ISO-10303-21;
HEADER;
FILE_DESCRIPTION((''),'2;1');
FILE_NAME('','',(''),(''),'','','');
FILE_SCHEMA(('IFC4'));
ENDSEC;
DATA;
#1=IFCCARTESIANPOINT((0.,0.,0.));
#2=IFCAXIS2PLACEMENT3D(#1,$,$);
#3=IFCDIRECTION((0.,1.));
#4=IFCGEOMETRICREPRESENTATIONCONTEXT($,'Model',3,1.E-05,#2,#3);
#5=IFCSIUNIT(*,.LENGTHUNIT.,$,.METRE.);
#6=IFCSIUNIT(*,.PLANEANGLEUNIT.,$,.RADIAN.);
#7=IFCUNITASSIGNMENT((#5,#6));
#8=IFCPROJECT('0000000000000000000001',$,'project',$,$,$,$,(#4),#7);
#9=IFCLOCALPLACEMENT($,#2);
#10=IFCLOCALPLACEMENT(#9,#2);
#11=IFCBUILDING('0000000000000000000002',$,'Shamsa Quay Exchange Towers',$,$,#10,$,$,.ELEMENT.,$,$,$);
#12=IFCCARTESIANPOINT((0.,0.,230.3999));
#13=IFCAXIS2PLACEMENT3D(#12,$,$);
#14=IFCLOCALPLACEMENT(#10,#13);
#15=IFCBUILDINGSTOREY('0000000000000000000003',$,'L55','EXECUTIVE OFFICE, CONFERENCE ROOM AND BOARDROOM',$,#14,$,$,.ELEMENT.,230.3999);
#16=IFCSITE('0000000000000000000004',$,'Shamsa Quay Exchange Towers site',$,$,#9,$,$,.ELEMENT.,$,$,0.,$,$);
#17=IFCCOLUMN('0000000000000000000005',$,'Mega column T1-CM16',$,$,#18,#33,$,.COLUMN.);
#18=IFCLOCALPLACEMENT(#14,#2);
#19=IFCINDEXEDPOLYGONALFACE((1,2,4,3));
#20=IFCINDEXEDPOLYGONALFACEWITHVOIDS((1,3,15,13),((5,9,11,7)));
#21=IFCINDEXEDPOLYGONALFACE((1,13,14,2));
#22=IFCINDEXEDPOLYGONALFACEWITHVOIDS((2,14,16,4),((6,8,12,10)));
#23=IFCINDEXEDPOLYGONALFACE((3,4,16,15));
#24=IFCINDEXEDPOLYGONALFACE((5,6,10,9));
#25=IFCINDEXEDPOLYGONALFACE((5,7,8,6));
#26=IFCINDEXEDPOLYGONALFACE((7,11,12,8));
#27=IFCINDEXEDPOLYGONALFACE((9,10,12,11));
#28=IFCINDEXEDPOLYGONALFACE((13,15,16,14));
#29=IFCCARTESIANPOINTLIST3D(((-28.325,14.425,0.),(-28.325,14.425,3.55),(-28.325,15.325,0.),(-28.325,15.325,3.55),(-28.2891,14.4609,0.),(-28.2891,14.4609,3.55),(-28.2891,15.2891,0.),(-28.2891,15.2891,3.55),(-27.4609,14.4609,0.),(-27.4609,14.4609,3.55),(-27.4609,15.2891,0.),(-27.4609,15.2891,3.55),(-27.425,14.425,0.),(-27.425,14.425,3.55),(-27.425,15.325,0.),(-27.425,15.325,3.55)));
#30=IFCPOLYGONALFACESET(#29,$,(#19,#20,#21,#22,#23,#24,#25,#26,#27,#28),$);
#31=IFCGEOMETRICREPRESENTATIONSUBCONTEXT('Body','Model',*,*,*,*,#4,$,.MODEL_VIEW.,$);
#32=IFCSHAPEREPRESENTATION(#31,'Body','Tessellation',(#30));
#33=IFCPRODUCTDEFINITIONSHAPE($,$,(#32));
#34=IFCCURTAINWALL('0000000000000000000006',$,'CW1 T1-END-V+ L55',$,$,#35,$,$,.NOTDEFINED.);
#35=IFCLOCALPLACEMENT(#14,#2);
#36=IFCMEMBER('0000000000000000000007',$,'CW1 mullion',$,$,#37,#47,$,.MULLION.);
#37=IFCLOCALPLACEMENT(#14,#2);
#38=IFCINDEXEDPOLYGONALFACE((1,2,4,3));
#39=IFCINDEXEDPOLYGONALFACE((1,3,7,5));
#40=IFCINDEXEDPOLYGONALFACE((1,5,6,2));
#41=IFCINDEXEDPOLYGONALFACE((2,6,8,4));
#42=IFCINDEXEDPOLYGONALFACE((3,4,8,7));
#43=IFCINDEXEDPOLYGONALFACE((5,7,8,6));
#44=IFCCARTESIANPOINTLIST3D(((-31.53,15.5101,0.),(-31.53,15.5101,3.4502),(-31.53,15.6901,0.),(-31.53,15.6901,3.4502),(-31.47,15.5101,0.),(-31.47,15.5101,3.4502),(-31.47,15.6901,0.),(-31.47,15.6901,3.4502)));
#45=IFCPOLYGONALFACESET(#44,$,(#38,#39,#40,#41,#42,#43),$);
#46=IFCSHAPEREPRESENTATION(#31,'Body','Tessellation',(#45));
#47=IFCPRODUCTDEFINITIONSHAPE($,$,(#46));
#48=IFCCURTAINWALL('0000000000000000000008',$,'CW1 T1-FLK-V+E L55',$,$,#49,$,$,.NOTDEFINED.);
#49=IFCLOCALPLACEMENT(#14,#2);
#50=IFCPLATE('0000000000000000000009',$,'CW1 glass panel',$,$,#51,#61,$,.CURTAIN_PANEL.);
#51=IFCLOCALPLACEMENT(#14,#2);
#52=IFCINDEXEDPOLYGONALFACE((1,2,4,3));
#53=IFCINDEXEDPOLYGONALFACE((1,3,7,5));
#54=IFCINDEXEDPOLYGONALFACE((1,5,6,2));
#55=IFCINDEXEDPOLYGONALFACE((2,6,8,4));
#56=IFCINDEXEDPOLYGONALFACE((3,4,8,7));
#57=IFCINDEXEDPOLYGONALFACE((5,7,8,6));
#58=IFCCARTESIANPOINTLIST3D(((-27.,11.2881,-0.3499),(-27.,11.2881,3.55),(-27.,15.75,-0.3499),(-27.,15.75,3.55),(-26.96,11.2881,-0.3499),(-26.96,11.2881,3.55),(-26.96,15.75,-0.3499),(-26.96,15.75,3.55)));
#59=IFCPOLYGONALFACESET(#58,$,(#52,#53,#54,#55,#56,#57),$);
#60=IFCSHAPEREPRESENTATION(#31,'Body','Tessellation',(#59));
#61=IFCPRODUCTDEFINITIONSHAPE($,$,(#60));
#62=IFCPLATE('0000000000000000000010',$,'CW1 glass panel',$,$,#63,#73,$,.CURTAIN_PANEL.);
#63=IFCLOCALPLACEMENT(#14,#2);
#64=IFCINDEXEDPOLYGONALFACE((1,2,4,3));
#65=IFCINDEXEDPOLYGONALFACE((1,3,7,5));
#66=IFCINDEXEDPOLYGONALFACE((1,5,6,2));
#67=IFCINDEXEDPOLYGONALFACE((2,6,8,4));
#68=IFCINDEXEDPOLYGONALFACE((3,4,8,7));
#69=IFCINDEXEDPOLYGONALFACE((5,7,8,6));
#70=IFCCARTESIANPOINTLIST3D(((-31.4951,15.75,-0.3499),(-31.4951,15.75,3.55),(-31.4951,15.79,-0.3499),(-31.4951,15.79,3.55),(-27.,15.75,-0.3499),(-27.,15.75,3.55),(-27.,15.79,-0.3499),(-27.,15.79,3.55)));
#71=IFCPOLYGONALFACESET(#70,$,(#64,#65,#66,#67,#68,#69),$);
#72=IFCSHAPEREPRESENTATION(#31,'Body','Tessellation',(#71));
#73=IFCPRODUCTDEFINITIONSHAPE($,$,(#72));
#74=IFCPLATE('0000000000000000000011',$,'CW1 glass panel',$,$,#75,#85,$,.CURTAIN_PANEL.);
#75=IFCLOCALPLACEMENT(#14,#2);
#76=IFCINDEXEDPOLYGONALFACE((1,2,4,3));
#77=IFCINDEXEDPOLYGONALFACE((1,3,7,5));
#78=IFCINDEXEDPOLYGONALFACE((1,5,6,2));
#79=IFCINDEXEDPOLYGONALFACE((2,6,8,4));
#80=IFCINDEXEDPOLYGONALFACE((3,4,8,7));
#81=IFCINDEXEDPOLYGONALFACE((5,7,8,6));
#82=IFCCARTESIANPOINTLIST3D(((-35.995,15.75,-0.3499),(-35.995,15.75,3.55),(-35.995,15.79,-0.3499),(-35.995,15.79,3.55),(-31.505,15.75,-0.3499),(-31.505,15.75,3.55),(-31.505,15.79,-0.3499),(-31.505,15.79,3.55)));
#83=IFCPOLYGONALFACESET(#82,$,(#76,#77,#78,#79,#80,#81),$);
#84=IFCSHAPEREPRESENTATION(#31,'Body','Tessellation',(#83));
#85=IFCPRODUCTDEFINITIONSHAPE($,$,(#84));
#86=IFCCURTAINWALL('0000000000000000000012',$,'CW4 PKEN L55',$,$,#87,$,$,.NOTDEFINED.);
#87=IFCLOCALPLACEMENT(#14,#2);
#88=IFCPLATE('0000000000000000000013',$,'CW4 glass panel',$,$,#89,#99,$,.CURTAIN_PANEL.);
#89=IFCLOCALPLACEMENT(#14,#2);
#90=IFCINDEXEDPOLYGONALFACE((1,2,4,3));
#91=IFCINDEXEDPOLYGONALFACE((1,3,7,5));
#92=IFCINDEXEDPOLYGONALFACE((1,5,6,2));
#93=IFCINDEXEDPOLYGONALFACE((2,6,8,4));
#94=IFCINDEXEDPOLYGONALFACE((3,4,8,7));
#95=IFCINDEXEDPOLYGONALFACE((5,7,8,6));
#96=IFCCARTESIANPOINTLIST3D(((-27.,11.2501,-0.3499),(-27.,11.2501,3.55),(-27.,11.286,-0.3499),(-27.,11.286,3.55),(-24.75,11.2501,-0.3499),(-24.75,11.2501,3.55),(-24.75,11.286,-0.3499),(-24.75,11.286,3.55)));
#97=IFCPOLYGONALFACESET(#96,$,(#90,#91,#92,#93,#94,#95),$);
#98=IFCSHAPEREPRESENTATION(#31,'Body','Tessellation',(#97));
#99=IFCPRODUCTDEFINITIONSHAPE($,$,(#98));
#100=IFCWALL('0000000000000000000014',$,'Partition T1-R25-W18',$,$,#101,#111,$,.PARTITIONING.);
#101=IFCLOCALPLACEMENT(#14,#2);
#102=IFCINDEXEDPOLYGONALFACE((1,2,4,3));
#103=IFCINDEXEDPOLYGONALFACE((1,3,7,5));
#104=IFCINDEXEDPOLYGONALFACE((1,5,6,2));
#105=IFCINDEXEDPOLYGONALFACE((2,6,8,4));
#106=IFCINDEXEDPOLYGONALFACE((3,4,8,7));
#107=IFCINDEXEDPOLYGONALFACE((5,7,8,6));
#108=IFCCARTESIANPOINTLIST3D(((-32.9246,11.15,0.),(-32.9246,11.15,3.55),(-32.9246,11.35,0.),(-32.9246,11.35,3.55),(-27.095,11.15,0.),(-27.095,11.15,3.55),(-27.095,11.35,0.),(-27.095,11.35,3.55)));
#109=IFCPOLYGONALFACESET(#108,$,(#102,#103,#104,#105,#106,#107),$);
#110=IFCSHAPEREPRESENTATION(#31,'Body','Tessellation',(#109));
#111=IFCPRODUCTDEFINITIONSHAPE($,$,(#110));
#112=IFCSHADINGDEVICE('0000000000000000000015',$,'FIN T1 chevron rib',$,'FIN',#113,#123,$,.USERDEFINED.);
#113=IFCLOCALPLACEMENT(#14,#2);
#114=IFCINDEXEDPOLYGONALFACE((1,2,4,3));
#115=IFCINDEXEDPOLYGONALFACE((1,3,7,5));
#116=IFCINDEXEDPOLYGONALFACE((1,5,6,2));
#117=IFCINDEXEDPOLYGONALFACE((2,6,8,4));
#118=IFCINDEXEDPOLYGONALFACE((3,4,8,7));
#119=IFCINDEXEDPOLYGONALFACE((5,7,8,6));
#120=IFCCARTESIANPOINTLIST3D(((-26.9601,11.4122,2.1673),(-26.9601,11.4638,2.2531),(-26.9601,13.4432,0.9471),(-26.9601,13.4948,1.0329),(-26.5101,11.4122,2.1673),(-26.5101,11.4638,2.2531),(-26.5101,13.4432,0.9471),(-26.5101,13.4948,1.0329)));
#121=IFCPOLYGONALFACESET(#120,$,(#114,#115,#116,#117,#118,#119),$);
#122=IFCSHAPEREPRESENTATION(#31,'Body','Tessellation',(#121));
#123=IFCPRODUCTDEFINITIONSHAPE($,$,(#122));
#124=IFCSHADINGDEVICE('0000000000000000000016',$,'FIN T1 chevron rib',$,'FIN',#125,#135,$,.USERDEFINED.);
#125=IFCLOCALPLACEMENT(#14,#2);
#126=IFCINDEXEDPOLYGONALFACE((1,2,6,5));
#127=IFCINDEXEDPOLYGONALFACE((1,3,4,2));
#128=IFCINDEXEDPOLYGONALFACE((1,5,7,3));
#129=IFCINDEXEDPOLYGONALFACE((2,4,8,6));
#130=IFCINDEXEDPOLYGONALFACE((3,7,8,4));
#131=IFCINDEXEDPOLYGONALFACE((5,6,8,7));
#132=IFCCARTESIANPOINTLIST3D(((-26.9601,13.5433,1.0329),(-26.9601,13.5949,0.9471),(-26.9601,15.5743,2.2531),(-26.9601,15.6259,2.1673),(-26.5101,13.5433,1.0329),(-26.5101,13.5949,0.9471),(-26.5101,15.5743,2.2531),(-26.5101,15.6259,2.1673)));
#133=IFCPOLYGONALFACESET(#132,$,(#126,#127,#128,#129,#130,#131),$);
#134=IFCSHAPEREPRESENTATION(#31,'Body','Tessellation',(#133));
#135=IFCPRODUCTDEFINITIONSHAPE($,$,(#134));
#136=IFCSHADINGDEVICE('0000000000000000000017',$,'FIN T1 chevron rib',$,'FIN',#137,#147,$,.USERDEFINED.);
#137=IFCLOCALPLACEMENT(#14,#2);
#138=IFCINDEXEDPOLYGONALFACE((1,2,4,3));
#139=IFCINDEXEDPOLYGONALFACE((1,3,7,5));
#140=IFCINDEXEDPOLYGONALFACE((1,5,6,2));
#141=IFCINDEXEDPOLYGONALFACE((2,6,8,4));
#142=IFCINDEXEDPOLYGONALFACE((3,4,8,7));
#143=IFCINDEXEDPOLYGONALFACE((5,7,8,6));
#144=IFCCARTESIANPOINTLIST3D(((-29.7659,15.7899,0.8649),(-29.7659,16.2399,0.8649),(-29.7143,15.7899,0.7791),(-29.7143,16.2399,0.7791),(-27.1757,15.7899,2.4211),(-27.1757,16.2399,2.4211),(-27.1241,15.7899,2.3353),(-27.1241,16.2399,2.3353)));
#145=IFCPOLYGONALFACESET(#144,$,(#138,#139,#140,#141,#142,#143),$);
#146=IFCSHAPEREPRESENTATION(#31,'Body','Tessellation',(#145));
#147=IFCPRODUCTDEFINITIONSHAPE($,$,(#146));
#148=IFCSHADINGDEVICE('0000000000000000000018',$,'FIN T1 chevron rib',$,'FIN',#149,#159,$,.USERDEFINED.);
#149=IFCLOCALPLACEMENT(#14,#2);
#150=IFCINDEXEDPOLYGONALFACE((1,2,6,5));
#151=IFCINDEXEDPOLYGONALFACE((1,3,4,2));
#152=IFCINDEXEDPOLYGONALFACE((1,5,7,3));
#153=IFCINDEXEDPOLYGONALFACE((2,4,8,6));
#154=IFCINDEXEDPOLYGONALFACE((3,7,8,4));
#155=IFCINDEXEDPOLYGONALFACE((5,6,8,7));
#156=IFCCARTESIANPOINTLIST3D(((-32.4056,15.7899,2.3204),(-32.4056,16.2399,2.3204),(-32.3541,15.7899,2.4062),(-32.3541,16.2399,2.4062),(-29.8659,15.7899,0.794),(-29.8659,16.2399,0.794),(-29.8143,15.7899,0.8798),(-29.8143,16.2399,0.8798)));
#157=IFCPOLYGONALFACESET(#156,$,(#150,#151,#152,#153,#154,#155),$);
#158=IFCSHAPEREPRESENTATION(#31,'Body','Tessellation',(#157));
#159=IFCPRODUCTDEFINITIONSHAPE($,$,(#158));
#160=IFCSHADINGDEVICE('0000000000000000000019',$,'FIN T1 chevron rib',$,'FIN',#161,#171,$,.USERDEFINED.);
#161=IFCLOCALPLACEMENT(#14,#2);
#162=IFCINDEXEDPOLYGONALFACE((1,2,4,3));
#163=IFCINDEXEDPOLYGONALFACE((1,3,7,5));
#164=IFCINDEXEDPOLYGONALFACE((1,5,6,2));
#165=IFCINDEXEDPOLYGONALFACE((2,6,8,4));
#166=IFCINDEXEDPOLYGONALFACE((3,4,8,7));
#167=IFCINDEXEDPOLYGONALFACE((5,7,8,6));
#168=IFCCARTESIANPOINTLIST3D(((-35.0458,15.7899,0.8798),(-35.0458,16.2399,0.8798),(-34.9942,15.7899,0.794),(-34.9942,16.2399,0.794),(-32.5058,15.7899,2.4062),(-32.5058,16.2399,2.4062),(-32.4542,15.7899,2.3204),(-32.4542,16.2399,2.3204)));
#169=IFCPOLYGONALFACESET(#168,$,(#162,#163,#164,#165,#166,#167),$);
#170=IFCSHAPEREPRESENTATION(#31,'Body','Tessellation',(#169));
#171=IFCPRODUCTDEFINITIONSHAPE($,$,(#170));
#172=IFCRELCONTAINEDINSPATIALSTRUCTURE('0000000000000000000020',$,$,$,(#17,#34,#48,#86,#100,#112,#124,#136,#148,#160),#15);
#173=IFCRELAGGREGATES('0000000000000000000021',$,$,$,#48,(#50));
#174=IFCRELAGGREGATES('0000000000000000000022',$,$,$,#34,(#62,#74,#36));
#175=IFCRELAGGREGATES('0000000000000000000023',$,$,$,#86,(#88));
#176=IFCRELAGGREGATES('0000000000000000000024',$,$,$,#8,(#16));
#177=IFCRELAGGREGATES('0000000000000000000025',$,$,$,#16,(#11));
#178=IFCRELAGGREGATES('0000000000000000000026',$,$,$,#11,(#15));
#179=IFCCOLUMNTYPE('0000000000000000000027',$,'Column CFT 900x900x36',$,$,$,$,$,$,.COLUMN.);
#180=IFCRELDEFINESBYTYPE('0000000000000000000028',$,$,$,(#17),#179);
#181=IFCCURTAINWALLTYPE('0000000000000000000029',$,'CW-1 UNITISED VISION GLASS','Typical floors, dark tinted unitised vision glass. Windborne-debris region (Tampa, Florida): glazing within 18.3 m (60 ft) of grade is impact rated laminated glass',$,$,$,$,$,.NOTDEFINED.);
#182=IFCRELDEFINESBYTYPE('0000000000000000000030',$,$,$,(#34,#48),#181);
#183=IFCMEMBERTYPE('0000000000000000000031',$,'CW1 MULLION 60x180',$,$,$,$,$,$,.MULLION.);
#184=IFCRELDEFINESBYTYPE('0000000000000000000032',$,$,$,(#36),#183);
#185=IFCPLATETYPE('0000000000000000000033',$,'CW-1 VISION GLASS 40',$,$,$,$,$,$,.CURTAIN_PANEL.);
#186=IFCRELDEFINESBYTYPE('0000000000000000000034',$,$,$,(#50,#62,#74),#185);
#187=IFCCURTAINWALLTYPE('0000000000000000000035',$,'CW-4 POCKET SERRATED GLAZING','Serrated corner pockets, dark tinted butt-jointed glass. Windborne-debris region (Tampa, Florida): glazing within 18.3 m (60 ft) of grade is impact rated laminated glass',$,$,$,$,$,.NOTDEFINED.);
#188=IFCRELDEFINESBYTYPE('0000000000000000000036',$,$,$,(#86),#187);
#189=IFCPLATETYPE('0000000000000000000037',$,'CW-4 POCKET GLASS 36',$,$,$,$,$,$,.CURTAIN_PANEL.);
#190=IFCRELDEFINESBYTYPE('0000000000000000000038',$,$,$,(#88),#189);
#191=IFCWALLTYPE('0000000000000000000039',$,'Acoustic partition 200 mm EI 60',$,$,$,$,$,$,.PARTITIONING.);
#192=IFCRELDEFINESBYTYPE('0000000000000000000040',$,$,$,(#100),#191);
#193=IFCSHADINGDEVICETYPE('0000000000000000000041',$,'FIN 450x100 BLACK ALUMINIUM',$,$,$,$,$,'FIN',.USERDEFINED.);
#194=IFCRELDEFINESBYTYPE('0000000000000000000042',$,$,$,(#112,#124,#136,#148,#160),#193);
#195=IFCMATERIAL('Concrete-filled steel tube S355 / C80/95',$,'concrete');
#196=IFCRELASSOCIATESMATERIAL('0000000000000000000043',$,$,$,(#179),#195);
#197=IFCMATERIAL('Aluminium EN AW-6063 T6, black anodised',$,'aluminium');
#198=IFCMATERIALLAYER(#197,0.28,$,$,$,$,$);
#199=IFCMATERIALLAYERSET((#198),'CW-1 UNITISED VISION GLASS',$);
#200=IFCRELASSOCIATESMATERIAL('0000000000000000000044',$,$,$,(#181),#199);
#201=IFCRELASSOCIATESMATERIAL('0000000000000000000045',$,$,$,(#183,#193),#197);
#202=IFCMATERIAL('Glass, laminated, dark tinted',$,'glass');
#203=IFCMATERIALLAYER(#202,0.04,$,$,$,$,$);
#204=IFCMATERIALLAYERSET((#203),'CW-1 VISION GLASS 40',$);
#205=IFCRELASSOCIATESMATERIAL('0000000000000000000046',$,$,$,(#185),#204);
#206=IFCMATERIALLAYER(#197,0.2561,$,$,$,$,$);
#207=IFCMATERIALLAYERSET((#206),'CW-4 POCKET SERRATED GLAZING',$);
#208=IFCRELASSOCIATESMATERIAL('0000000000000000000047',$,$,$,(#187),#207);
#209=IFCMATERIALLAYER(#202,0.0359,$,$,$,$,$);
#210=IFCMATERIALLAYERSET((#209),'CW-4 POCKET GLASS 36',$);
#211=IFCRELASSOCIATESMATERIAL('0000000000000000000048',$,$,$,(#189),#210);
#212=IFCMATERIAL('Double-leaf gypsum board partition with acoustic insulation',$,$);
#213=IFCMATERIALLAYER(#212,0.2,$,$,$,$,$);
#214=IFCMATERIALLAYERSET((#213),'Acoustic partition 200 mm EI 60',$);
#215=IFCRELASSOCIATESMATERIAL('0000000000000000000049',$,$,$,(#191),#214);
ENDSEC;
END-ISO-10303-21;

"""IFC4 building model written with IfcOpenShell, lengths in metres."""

from ifc_helpers import new_model, si_unit, direction, frame, frame_2d, origin, origin_2d, place, context, subcontext, project, spatial, rectangle, hollow_rectangle, extrude, material, layer, layer_set, material_profile, profile_set, type_object, element, aggregate, save


model = new_model("IFC4")

# Units and contexts
model_context = context("Model", 3, precision=1e-05, world=origin(), true_north=direction((0.0, 1.0)))
body_context = subcontext(model_context, "Body", "Model", "MODEL_VIEW")
ifc_project = project(units=[si_unit("LENGTHUNIT", "METRE"), si_unit("PLANEANGLEUNIT", "RADIAN")], contexts=[model_context])

# Site, building, storey
site_placement = place(None, origin())
site = spatial("IfcSite", under=ifc_project, at=site_placement, Name="Shamsa Quay Exchange Towers site", CompositionType="ELEMENT", RefElevation=0.0)
building_placement = place(site_placement, origin())
building = spatial("IfcBuilding", under=site, at=building_placement, Name="Shamsa Quay Exchange Towers", CompositionType="ELEMENT")
storey_placement = place(building_placement, frame((0.0, 0.0, 230.3999)))
storey = spatial("IfcBuildingStorey", under=building, at=storey_placement, Name="L55", Description="EXECUTIVE OFFICE, CONFERENCE ROOM AND BOARDROOM", CompositionType="ELEMENT", Elevation=230.3999)

# Column
ifc_material_1 = material(Name="Concrete-filled steel tube S355 / C80/95", Category="concrete")
ifc_material_profile_1 = material_profile(ifc_material_1, hollow_rectangle(XDim=0.8999, YDim=0.8999, WallThickness=0.0359, at=origin_2d()), Name="CFT 900x900x36")
ifc_profile_set_1 = profile_set([ifc_material_profile_1], Name="Concrete-filled steel tube S355 / C80/95")
column_type = type_object("IfcColumnType", Name="Column CFT 900x900x36", PredefinedType="COLUMN", material=ifc_profile_set_1)
column_placement = place(storey_placement, frame((-27.875, 14.875, 0.0)))
element("IfcColumn", 1, at=column_placement, inside=storey, type_object=column_type, Name="Mega column T1-CM16", PredefinedType="COLUMN", context=body_context, shape_type="SweptSolid", body=[
    extrude(hollow_rectangle(XDim=0.8999, YDim=0.8999, WallThickness=0.0359, at=origin_2d()), origin(), (0.0, 0.0, 1.0), 3.55),
])

# Curtain wall, member
ifc_material_2 = material(Name="Aluminium EN AW-6063 T6, black anodised", Category="aluminium")
ifc_layer_1 = layer(ifc_material_2, 0.28)
ifc_layer_set_1 = layer_set([ifc_layer_1], Name="CW-1 UNITISED VISION GLASS")
curtain_wall_type_1 = type_object("IfcCurtainWallType", Name="CW-1 UNITISED VISION GLASS", Description="Typical floors, dark tinted unitised vision glass. Windborne-debris region (Tampa, Florida): glazing within 18.3 m (60 ft) of grade is impact rated laminated glass", PredefinedType="NOTDEFINED", material=ifc_layer_set_1)
curtain_wall_1_placement = place(storey_placement, origin())
curtain_wall_1 = element("IfcCurtainWall", 2, at=curtain_wall_1_placement, inside=storey, type_object=curtain_wall_type_1, Name="CW1 T1-END-V+ L55", PredefinedType="NOTDEFINED")
ifc_material_profile_2 = material_profile(ifc_material_2, rectangle(XDim=0.1799, YDim=0.0601, at=origin_2d()), Name="MU60x180")
ifc_profile_set_2 = profile_set([ifc_material_profile_2], Name="Aluminium EN AW-6063 T6, black anodised")
member_type = type_object("IfcMemberType", Name="CW1 MULLION 60x180", PredefinedType="MULLION", material=ifc_profile_set_2)
member_placement = place(storey_placement, frame((-31.5, 15.6001, 0.0), z_axis=(0.0, 0.0, 1.0), x_axis=(0.0, -1.0, 0.0)))
member = element("IfcMember", 3, at=member_placement, type_object=member_type, Name="CW1 mullion", PredefinedType="MULLION", context=body_context, shape_type="SweptSolid", body=[
    extrude(rectangle(XDim=0.1799, YDim=0.0601, at=origin_2d()), origin(), (0.0, 0.0, 1.0), 3.4502),
])

# Curtain wall, plate
curtain_wall_2_placement = place(storey_placement, origin())
curtain_wall_2 = element("IfcCurtainWall", 4, at=curtain_wall_2_placement, inside=storey, type_object=curtain_wall_type_1, Name="CW1 T1-FLK-V+E L55", PredefinedType="NOTDEFINED")
ifc_material_3 = material(Name="Glass, laminated, dark tinted", Category="glass")
ifc_layer_2 = layer(ifc_material_3, 0.04)
ifc_layer_set_2 = layer_set([ifc_layer_2], Name="CW-1 VISION GLASS 40")
plate_type_1 = type_object("IfcPlateType", Name="CW-1 VISION GLASS 40", PredefinedType="CURTAIN_PANEL", material=ifc_layer_set_2)
plate_1_placement = place(storey_placement, frame((-26.98, 13.519, -0.3499), z_axis=(0.0, 0.0, 1.0), x_axis=(0.0, 1.0, 0.0)))
plate_1 = element("IfcPlate", 5, at=plate_1_placement, type_object=plate_type_1, Name="CW1 glass panel", PredefinedType="CURTAIN_PANEL", context=body_context, shape_type="SweptSolid", body=[
    extrude(rectangle(XDim=4.4619, YDim=0.04, at=origin_2d()), origin(), (0.0, 0.0, 1.0), 3.8999),
])
aggregate(curtain_wall_2, [plate_1])

# Plates
plate_2_placement = place(storey_placement, frame((-29.2476, 15.77, -0.3499), z_axis=(0.0, 0.0, 1.0), x_axis=(-1.0, 0.0, 0.0)))
plate_2 = element("IfcPlate", 6, at=plate_2_placement, type_object=plate_type_1, Name="CW1 glass panel", PredefinedType="CURTAIN_PANEL", context=body_context, shape_type="SweptSolid", body=[
    extrude(rectangle(XDim=4.4951, YDim=0.04, at=origin_2d()), origin(), (0.0, 0.0, 1.0), 3.8999),
])
plate_3_placement = place(storey_placement, frame((-33.75, 15.77, -0.3499), z_axis=(0.0, 0.0, 1.0), x_axis=(-1.0, 0.0, 0.0)))
plate_3 = element("IfcPlate", 7, at=plate_3_placement, type_object=plate_type_1, Name="CW1 glass panel", PredefinedType="CURTAIN_PANEL", context=body_context, shape_type="SweptSolid", body=[
    extrude(rectangle(XDim=4.49, YDim=0.04, at=origin_2d()), origin(), (0.0, 0.0, 1.0), 3.8999),
])
aggregate(curtain_wall_1, [plate_2, plate_3, member])

# Curtain wall, plate
ifc_layer_3 = layer(ifc_material_2, 0.2561)
ifc_layer_set_3 = layer_set([ifc_layer_3], Name="CW-4 POCKET SERRATED GLAZING")
curtain_wall_type_2 = type_object("IfcCurtainWallType", Name="CW-4 POCKET SERRATED GLAZING", Description="Serrated corner pockets, dark tinted butt-jointed glass. Windborne-debris region (Tampa, Florida): glazing within 18.3 m (60 ft) of grade is impact rated laminated glass", PredefinedType="NOTDEFINED", material=ifc_layer_set_3)
curtain_wall_3_placement = place(storey_placement, origin())
curtain_wall_3 = element("IfcCurtainWall", 8, at=curtain_wall_3_placement, inside=storey, type_object=curtain_wall_type_2, Name="CW4 PKEN L55", PredefinedType="NOTDEFINED")
ifc_layer_4 = layer(ifc_material_3, 0.0359)
ifc_layer_set_4 = layer_set([ifc_layer_4], Name="CW-4 POCKET GLASS 36")
plate_type_2 = type_object("IfcPlateType", Name="CW-4 POCKET GLASS 36", PredefinedType="CURTAIN_PANEL", material=ifc_layer_set_4)
plate_4_placement = place(storey_placement, frame((-25.875, 11.2681, -0.3499), z_axis=(0.0, 0.0, 1.0), x_axis=(-1.0, 0.0, 0.0)))
plate_4 = element("IfcPlate", 9, at=plate_4_placement, type_object=plate_type_2, Name="CW4 glass panel", PredefinedType="CURTAIN_PANEL", context=body_context, shape_type="SweptSolid", body=[
    extrude(rectangle(XDim=2.25, YDim=0.0359, at=origin_2d()), origin(), (0.0, 0.0, 1.0), 3.8999),
])
aggregate(curtain_wall_3, [plate_4])

# Wall
ifc_material_4 = material(Name="Double-leaf gypsum board partition with acoustic insulation")
ifc_layer_5 = layer(ifc_material_4, 0.2)
ifc_layer_set_5 = layer_set([ifc_layer_5], Name="Acoustic partition 200 mm EI 60")
wall_type = type_object("IfcWallType", Name="Acoustic partition 200 mm EI 60", PredefinedType="PARTITIONING", material=ifc_layer_set_5)
wall_placement = place(storey_placement, frame((-27.095, 11.25, 0.0), z_axis=(0.0, 0.0, 1.0), x_axis=(-1.0, 0.0, 0.0)))
element("IfcWall", 10, at=wall_placement, inside=storey, type_object=wall_type, Name="Partition T1-R25-W18", PredefinedType="PARTITIONING", context=body_context, shape_type="SweptSolid", body=[
    extrude(rectangle(XDim=5.8296, YDim=0.2, at=frame_2d((2.9148, 0.0))), origin(), (0.0, 0.0, 1.0), 3.55),
])

# Shading devices
ifc_material_profile_3 = material_profile(ifc_material_2, rectangle(XDim=0.45, YDim=0.1001, at=origin_2d()), Name="FIN450x100")
ifc_profile_set_3 = profile_set([ifc_material_profile_3], Name="Aluminium EN AW-6063 T6, black anodised")
shading_device_type = type_object("IfcShadingDeviceType", Name="FIN 450x100 BLACK ALUMINIUM", ElementType="FIN", PredefinedType="USERDEFINED", material=ifc_profile_set_3)
for number, where, z_axis, x_axis, name in (
    (11, (-26.7351, 11.438, 2.2102), (0.0, 0.857193, -0.514996), (-1.0, 0.0, 0.0), "FIN T1 chevron rib"),
    (12, (-26.7351, 13.5691, 0.99), (0.0, 0.857193, 0.514996), (-1.0, 0.0, 0.0), "FIN T1 chevron rib"),
):
    element("IfcShadingDevice", number, at=place(storey_placement, frame(where, z_axis=z_axis, x_axis=x_axis)), inside=storey, type_object=shading_device_type, Name=name, ObjectType="FIN", PredefinedType="USERDEFINED", context=body_context, shape_type="SweptSolid", body=[
        extrude(rectangle(XDim=0.45, YDim=0.1001, at=origin_2d()), origin(), (0.0, 0.0, 1.0), 2.3694),
    ])
shading_device_1_placement = place(storey_placement, frame((-27.1499, 16.0149, 2.3782), z_axis=(-0.857186, 0.0, -0.515007), x_axis=(0.0, -1.0, 0.0)))
element("IfcShadingDevice", 13, at=shading_device_1_placement, inside=storey, type_object=shading_device_type, Name="FIN T1 chevron rib", ObjectType="FIN", PredefinedType="USERDEFINED", context=body_context, shape_type="SweptSolid", body=[
    extrude(rectangle(XDim=0.45, YDim=0.1001, at=origin_2d()), origin(), (0.0, 0.0, 1.0), 3.0217),
])
shading_device_2_placement = place(storey_placement, frame((-29.8401, 16.0149, 0.8369), z_axis=(-0.857122, 0.0, 0.515114), x_axis=(0.0, -1.0, 0.0)))
element("IfcShadingDevice", 14, at=shading_device_2_placement, inside=storey, type_object=shading_device_type, Name="FIN T1 chevron rib", ObjectType="FIN", PredefinedType="USERDEFINED", context=body_context, shape_type="SweptSolid", body=[
    extrude(rectangle(XDim=0.45, YDim=0.1001, at=origin_2d()), origin(), (0.0, 0.0, 1.0), 2.9631),
])
shading_device_3_placement = place(storey_placement, frame((-32.48, 16.0149, 2.3633), z_axis=(-0.857144, 0.0, -0.515077), x_axis=(0.0, -1.0, 0.0)))
element("IfcShadingDevice", 15, at=shading_device_3_placement, inside=storey, type_object=shading_device_type, Name="FIN T1 chevron rib", ObjectType="FIN", PredefinedType="USERDEFINED", context=body_context, shape_type="SweptSolid", body=[
    extrude(rectangle(XDim=0.45, YDim=0.1001, at=origin_2d()), origin(), (0.0, 0.0, 1.0), 2.9634),
])

save(model, "model.ifc")
